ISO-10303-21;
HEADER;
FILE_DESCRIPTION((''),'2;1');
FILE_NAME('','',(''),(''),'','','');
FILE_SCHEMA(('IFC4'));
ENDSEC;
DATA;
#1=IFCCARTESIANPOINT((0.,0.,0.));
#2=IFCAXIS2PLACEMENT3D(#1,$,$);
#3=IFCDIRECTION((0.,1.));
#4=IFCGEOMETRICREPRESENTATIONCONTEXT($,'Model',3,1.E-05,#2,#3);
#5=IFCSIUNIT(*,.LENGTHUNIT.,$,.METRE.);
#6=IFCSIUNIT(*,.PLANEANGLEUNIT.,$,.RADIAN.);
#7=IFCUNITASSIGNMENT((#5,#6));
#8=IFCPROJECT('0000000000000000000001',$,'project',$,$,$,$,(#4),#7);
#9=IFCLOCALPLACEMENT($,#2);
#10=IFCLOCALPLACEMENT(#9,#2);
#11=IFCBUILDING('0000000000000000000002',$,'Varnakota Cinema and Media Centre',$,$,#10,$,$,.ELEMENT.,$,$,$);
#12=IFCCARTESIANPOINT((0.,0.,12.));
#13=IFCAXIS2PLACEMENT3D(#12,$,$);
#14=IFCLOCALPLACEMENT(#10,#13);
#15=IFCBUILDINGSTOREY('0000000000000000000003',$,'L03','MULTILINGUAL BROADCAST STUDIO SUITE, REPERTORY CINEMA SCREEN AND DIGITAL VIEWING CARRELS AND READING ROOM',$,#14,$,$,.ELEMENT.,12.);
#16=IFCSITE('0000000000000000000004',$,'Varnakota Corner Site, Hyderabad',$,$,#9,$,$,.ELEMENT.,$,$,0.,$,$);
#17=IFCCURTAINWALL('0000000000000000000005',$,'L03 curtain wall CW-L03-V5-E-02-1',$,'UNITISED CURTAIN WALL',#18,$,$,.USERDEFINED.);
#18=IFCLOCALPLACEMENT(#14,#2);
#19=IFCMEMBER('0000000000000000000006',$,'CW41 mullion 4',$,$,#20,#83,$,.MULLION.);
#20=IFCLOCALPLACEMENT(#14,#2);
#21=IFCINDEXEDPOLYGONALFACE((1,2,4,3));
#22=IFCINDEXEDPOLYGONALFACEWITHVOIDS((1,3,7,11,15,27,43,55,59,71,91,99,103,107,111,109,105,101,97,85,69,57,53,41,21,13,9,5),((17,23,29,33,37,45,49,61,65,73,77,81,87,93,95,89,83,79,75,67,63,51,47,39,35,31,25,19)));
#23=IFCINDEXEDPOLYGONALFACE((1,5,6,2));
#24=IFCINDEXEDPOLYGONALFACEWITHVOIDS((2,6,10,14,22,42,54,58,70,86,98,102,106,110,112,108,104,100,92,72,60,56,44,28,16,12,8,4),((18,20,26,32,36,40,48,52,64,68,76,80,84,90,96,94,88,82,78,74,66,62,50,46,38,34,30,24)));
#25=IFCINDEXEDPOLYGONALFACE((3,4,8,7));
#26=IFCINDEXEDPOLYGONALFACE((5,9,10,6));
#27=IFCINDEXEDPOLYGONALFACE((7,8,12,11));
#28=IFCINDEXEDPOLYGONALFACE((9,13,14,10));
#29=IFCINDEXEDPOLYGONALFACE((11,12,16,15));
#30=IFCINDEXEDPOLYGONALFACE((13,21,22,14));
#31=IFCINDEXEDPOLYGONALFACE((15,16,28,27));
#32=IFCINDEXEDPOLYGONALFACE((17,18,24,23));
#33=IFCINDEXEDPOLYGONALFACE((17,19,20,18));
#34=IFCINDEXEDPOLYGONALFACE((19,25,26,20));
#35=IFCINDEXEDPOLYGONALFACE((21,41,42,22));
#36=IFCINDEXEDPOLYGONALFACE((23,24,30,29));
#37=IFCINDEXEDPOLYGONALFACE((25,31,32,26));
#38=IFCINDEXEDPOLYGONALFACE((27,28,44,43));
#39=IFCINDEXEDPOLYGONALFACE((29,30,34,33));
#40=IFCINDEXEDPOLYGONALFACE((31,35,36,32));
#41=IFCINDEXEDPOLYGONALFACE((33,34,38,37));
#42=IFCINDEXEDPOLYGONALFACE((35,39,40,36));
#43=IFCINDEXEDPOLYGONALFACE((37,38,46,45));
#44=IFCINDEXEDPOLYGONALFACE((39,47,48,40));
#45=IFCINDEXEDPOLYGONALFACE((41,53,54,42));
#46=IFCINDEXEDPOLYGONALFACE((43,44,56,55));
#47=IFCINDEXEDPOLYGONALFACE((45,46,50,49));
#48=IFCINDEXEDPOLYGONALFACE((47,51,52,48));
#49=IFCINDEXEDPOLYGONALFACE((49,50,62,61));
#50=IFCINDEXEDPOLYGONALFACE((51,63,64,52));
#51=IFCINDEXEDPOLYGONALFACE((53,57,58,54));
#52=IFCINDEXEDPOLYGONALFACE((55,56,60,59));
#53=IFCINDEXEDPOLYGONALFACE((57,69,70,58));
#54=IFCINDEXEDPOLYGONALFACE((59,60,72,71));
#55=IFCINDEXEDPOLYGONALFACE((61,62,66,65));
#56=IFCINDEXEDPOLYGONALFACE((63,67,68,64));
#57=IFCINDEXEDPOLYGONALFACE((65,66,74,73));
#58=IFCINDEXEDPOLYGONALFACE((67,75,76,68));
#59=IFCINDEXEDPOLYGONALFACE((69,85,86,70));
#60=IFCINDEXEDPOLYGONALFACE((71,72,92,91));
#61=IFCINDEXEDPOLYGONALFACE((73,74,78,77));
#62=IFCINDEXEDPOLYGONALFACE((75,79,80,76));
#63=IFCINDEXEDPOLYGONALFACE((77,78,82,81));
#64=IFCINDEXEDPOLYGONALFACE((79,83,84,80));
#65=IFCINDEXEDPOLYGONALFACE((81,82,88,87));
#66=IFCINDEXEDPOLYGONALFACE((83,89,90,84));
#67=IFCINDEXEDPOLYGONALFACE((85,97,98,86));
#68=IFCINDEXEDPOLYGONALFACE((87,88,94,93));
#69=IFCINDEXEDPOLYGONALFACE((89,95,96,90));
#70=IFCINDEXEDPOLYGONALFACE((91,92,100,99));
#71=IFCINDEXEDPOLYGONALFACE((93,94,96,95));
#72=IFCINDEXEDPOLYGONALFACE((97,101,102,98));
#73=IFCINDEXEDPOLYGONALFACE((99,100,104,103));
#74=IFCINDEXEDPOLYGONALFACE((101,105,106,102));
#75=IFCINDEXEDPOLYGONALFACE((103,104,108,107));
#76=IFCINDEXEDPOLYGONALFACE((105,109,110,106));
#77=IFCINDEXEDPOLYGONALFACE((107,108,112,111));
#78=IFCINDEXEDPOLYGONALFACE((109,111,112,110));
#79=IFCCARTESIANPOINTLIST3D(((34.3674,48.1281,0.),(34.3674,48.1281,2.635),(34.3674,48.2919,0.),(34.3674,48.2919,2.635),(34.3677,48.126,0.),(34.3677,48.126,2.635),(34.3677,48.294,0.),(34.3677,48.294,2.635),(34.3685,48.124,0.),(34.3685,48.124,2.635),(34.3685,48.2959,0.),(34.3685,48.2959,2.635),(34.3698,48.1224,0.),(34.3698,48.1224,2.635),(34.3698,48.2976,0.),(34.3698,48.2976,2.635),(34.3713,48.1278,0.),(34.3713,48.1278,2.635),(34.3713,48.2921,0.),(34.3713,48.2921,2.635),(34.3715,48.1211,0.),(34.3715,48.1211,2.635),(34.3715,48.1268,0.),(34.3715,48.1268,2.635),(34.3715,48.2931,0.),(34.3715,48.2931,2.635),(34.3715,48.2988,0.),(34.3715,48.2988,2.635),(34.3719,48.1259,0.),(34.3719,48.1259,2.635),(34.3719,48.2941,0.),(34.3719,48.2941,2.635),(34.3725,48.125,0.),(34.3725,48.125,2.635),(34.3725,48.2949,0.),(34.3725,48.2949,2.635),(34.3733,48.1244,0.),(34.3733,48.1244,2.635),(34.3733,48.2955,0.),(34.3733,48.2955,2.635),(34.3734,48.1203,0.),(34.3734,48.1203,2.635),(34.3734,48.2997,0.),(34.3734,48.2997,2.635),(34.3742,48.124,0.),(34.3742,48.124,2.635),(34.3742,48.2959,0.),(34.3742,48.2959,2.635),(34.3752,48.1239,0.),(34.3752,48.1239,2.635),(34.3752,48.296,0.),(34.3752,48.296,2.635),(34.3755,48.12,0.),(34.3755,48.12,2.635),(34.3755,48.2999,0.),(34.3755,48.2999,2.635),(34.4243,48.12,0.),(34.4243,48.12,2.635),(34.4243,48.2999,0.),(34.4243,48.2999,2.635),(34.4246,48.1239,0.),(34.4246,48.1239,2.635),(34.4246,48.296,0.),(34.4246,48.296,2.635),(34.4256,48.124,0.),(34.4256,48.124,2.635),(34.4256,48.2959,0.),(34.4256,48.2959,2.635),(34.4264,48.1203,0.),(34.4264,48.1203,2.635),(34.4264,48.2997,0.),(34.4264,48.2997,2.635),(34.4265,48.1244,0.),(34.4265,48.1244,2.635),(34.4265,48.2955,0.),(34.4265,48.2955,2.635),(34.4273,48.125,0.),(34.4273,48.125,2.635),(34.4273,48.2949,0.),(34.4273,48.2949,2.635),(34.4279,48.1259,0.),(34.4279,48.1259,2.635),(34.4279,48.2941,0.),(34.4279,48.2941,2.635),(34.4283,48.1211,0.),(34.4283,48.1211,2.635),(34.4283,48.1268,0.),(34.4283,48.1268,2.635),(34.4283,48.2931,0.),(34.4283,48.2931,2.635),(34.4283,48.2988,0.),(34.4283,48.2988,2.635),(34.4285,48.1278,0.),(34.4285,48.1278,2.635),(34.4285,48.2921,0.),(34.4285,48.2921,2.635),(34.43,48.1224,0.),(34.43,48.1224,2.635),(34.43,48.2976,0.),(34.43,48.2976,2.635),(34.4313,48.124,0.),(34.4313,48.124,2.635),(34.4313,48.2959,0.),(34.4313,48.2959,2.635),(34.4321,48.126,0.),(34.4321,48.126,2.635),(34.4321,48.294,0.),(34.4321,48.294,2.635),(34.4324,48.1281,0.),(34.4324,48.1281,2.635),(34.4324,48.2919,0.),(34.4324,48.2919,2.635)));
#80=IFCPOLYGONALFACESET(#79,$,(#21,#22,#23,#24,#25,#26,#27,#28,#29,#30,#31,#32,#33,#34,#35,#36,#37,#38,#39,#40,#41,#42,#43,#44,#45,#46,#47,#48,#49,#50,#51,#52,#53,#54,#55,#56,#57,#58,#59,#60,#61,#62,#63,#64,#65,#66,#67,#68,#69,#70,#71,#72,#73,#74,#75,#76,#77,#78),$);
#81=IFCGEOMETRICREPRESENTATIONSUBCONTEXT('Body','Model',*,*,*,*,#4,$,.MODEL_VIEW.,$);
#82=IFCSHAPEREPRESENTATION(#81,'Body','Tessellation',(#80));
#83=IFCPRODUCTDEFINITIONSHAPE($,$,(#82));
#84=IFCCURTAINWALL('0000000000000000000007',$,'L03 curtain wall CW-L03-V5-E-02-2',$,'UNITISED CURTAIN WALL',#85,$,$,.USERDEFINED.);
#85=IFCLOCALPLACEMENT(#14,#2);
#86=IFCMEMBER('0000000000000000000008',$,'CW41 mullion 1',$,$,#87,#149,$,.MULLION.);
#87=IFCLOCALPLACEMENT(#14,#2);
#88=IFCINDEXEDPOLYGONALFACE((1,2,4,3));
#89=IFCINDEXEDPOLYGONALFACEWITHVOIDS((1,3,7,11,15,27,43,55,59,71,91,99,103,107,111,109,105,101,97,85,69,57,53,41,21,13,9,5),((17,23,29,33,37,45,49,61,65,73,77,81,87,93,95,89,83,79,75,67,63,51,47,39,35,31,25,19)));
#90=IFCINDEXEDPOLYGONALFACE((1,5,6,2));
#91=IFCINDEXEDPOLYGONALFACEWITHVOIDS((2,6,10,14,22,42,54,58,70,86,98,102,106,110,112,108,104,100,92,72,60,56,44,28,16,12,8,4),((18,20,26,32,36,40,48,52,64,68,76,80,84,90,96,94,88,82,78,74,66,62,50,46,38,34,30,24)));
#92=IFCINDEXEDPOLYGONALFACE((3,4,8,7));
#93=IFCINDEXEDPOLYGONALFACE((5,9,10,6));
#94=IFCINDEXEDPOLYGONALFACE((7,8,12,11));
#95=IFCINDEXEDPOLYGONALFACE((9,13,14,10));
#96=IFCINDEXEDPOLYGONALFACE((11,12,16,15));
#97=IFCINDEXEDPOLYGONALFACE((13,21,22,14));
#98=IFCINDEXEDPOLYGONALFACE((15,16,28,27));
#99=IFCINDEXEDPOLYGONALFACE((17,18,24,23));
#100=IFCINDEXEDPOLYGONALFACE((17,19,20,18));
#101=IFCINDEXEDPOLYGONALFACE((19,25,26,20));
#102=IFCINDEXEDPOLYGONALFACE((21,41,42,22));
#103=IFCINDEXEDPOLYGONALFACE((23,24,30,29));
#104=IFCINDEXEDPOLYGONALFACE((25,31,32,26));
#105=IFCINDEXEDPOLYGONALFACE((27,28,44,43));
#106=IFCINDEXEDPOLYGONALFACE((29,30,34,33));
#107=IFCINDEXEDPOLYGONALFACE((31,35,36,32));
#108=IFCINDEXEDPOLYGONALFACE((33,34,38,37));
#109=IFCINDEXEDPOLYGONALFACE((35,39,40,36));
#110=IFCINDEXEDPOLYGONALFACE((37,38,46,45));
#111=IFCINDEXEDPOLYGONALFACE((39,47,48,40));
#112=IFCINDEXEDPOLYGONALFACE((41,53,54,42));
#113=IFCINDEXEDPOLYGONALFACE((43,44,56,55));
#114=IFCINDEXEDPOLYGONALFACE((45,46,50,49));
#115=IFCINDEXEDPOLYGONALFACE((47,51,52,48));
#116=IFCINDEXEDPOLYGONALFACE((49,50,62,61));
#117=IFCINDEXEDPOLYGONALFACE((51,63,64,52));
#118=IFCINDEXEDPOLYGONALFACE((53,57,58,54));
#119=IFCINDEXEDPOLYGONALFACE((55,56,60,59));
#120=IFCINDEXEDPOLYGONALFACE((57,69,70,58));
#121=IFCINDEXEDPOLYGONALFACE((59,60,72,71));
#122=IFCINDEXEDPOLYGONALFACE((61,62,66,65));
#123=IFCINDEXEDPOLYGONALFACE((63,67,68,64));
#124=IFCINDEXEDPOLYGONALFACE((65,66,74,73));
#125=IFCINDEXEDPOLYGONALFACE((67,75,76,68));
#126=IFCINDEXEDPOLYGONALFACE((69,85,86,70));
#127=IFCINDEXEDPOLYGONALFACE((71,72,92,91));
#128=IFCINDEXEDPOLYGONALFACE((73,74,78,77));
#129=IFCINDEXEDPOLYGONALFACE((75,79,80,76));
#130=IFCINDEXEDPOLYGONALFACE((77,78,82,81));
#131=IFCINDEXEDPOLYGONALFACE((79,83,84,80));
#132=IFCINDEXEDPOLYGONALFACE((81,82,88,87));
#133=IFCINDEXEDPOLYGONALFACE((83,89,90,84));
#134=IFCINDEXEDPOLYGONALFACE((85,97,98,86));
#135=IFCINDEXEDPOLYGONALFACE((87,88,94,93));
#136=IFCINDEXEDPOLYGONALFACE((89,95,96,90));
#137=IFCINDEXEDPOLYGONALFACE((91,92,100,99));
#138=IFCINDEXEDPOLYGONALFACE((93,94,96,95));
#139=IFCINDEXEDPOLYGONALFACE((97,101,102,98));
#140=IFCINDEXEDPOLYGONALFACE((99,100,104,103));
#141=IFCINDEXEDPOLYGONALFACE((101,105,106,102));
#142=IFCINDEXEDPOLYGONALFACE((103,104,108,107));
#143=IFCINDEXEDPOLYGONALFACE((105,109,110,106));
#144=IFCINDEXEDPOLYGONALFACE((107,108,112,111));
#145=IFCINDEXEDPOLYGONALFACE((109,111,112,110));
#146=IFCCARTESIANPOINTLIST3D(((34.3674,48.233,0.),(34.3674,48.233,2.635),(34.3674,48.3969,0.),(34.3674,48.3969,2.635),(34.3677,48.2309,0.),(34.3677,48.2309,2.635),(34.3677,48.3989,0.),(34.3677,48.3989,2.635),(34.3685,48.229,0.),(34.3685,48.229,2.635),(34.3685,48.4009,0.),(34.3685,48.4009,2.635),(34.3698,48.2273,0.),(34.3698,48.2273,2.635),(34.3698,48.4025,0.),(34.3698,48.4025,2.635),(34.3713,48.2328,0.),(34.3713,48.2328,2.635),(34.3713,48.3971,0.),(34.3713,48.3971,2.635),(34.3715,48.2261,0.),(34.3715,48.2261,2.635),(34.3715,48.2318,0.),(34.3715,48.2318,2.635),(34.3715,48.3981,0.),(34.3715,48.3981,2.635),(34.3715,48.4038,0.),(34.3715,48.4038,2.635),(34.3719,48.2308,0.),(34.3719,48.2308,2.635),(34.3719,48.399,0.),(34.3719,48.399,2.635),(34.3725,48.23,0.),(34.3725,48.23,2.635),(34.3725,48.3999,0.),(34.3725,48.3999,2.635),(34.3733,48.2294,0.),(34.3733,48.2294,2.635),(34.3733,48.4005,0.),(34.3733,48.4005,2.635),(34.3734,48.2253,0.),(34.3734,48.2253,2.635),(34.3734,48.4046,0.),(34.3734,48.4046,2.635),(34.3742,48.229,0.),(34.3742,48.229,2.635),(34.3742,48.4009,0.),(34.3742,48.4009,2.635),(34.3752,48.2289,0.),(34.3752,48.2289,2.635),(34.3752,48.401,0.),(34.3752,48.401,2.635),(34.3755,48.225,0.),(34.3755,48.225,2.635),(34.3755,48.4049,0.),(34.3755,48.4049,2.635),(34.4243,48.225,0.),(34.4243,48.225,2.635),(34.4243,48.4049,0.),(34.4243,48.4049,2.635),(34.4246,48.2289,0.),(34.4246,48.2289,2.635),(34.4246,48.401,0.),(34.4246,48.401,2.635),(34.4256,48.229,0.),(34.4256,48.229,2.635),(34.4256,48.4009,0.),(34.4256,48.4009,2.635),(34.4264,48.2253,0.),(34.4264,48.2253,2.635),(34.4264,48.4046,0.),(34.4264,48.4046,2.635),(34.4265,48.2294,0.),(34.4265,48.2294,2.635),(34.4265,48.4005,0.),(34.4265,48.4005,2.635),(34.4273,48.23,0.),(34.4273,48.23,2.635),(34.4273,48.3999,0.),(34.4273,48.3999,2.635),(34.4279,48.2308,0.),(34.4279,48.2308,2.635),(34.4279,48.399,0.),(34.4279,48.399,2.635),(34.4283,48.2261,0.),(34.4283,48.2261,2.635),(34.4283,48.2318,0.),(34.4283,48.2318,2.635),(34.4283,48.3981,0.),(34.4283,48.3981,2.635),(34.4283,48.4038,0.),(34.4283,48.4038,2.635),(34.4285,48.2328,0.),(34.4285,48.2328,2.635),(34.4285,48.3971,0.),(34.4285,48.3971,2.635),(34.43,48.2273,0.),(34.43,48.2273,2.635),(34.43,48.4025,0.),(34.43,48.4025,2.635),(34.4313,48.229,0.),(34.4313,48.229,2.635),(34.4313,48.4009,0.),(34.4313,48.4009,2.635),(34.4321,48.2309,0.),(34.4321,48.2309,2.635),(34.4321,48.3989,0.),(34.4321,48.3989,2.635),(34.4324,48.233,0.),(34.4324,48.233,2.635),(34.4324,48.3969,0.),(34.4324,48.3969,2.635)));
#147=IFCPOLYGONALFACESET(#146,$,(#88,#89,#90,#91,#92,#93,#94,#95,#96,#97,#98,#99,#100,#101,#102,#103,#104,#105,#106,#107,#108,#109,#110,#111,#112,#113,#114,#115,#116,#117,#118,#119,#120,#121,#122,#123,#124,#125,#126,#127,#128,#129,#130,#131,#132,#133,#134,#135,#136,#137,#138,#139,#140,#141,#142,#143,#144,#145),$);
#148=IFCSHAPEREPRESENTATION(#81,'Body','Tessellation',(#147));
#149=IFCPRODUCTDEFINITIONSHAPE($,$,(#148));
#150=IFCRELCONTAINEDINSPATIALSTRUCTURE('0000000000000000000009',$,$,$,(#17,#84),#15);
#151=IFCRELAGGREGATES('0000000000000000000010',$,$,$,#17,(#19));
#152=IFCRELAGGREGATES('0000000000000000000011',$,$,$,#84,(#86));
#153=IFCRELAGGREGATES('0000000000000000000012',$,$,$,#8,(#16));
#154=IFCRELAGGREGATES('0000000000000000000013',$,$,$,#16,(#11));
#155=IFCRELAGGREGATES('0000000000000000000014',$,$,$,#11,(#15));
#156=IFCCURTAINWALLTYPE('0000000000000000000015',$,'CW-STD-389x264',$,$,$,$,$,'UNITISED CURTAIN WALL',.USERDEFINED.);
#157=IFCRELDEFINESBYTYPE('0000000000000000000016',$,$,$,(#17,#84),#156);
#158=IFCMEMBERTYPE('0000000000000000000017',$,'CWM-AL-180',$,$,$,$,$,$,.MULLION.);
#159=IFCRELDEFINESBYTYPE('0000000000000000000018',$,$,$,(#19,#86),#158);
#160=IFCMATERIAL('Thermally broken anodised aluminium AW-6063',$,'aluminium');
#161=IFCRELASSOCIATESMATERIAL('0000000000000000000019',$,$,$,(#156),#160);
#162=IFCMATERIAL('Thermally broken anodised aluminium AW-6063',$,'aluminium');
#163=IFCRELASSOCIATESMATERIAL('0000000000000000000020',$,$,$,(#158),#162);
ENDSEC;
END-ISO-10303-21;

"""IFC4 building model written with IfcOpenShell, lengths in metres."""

from ifc_helpers import new_model, si_unit, direction, frame, origin, origin_2d, place, context, subcontext, project, spatial, hollow_rectangle, extrude, material, material_profile, profile_set, type_object, element, aggregate, save


model = new_model("IFC4")

# Units and contexts
model_context = context("Model", 3, precision=1e-05, world=origin(), true_north=direction((0.0, 1.0)))
body_context = subcontext(model_context, "Body", "Model", "MODEL_VIEW")
ifc_project = project(units=[si_unit("LENGTHUNIT", "METRE"), si_unit("PLANEANGLEUNIT", "RADIAN")], contexts=[model_context])

# Site, building, storey
site_placement = place(None, origin())
site = spatial("IfcSite", under=ifc_project, at=site_placement, Name="Varnakota Corner Site, Hyderabad", CompositionType="ELEMENT", RefElevation=0.0)
building_placement = place(site_placement, origin())
building = spatial("IfcBuilding", under=site, at=building_placement, Name="Varnakota Cinema and Media Centre", CompositionType="ELEMENT")
storey_placement = place(building_placement, frame((0.0, 0.0, 12.0)))
storey = spatial("IfcBuildingStorey", under=building, at=storey_placement, Name="L03", Description="MULTILINGUAL BROADCAST STUDIO SUITE, REPERTORY CINEMA SCREEN AND DIGITAL VIEWING CARRELS AND READING ROOM", CompositionType="ELEMENT", Elevation=12.0)

# Curtain wall, member
ifc_material_1 = material(Name="Thermally broken anodised aluminium AW-6063", Category="aluminium")
curtain_wall_type = type_object("IfcCurtainWallType", Name="CW-STD-389x264", ElementType="UNITISED CURTAIN WALL", PredefinedType="USERDEFINED", material=ifc_material_1)
curtain_wall_1_placement = place(storey_placement, origin())
curtain_wall_1 = element("IfcCurtainWall", 1, at=curtain_wall_1_placement, inside=storey, type_object=curtain_wall_type, Name="L03 curtain wall CW-L03-V5-E-02-1", ObjectType="UNITISED CURTAIN WALL", PredefinedType="USERDEFINED")
ifc_material_2 = material(Name="Thermally broken anodised aluminium AW-6063", Category="aluminium")
ifc_material_profile_1 = material_profile(ifc_material_2, hollow_rectangle(XDim=0.0649, YDim=0.1799, WallThickness=0.0039, InnerFilletRadius=0.0039, OuterFilletRadius=0.0081, at=origin_2d()), Name="AL-MULLION 180x65x4")
ifc_profile_set_1 = profile_set([ifc_material_profile_1], Name="Thermally broken anodised aluminium AW-6063")
member_type_1 = type_object("IfcMemberType", Name="CWM-AL-180", PredefinedType="MULLION", material=ifc_profile_set_1)
member_1_placement = place(storey_placement, frame((34.3999, 48.21, 0.0), z_axis=(0.0, 0.0, 1.0), x_axis=(-1.0, 0.0, 0.0)))
member_1 = element("IfcMember", 2, at=member_1_placement, type_object=member_type_1, Name="CW41 mullion 4", PredefinedType="MULLION", context=body_context, shape_type="SweptSolid", body=[
    extrude(hollow_rectangle(XDim=0.0649, YDim=0.1799, WallThickness=0.0039, InnerFilletRadius=0.0039, OuterFilletRadius=0.0081, at=origin_2d()), origin(), (0.0, 0.0, 1.0), 2.635),
])

# Curtain wall, member
curtain_wall_2_placement = place(storey_placement, origin())
curtain_wall_2 = element("IfcCurtainWall", 3, at=curtain_wall_2_placement, inside=storey, type_object=curtain_wall_type, Name="L03 curtain wall CW-L03-V5-E-02-2", ObjectType="UNITISED CURTAIN WALL", PredefinedType="USERDEFINED")
member_2_placement = place(storey_placement, frame((34.3999, 48.3149, 0.0), z_axis=(0.0, 0.0, 1.0), x_axis=(-1.0, 0.0, 0.0)))
member_2 = element("IfcMember", 4, at=member_2_placement, type_object=member_type_1, Name="CW41 mullion 1", PredefinedType="MULLION", context=body_context, shape_type="SweptSolid", body=[
    extrude(hollow_rectangle(XDim=0.0649, YDim=0.1799, WallThickness=0.0039, InnerFilletRadius=0.0039, OuterFilletRadius=0.0081, at=origin_2d()), origin(), (0.0, 0.0, 1.0), 2.635),
])

aggregate(curtain_wall_1, [member_1])
aggregate(curtain_wall_2, [member_2])

save(model, "model.ifc")
